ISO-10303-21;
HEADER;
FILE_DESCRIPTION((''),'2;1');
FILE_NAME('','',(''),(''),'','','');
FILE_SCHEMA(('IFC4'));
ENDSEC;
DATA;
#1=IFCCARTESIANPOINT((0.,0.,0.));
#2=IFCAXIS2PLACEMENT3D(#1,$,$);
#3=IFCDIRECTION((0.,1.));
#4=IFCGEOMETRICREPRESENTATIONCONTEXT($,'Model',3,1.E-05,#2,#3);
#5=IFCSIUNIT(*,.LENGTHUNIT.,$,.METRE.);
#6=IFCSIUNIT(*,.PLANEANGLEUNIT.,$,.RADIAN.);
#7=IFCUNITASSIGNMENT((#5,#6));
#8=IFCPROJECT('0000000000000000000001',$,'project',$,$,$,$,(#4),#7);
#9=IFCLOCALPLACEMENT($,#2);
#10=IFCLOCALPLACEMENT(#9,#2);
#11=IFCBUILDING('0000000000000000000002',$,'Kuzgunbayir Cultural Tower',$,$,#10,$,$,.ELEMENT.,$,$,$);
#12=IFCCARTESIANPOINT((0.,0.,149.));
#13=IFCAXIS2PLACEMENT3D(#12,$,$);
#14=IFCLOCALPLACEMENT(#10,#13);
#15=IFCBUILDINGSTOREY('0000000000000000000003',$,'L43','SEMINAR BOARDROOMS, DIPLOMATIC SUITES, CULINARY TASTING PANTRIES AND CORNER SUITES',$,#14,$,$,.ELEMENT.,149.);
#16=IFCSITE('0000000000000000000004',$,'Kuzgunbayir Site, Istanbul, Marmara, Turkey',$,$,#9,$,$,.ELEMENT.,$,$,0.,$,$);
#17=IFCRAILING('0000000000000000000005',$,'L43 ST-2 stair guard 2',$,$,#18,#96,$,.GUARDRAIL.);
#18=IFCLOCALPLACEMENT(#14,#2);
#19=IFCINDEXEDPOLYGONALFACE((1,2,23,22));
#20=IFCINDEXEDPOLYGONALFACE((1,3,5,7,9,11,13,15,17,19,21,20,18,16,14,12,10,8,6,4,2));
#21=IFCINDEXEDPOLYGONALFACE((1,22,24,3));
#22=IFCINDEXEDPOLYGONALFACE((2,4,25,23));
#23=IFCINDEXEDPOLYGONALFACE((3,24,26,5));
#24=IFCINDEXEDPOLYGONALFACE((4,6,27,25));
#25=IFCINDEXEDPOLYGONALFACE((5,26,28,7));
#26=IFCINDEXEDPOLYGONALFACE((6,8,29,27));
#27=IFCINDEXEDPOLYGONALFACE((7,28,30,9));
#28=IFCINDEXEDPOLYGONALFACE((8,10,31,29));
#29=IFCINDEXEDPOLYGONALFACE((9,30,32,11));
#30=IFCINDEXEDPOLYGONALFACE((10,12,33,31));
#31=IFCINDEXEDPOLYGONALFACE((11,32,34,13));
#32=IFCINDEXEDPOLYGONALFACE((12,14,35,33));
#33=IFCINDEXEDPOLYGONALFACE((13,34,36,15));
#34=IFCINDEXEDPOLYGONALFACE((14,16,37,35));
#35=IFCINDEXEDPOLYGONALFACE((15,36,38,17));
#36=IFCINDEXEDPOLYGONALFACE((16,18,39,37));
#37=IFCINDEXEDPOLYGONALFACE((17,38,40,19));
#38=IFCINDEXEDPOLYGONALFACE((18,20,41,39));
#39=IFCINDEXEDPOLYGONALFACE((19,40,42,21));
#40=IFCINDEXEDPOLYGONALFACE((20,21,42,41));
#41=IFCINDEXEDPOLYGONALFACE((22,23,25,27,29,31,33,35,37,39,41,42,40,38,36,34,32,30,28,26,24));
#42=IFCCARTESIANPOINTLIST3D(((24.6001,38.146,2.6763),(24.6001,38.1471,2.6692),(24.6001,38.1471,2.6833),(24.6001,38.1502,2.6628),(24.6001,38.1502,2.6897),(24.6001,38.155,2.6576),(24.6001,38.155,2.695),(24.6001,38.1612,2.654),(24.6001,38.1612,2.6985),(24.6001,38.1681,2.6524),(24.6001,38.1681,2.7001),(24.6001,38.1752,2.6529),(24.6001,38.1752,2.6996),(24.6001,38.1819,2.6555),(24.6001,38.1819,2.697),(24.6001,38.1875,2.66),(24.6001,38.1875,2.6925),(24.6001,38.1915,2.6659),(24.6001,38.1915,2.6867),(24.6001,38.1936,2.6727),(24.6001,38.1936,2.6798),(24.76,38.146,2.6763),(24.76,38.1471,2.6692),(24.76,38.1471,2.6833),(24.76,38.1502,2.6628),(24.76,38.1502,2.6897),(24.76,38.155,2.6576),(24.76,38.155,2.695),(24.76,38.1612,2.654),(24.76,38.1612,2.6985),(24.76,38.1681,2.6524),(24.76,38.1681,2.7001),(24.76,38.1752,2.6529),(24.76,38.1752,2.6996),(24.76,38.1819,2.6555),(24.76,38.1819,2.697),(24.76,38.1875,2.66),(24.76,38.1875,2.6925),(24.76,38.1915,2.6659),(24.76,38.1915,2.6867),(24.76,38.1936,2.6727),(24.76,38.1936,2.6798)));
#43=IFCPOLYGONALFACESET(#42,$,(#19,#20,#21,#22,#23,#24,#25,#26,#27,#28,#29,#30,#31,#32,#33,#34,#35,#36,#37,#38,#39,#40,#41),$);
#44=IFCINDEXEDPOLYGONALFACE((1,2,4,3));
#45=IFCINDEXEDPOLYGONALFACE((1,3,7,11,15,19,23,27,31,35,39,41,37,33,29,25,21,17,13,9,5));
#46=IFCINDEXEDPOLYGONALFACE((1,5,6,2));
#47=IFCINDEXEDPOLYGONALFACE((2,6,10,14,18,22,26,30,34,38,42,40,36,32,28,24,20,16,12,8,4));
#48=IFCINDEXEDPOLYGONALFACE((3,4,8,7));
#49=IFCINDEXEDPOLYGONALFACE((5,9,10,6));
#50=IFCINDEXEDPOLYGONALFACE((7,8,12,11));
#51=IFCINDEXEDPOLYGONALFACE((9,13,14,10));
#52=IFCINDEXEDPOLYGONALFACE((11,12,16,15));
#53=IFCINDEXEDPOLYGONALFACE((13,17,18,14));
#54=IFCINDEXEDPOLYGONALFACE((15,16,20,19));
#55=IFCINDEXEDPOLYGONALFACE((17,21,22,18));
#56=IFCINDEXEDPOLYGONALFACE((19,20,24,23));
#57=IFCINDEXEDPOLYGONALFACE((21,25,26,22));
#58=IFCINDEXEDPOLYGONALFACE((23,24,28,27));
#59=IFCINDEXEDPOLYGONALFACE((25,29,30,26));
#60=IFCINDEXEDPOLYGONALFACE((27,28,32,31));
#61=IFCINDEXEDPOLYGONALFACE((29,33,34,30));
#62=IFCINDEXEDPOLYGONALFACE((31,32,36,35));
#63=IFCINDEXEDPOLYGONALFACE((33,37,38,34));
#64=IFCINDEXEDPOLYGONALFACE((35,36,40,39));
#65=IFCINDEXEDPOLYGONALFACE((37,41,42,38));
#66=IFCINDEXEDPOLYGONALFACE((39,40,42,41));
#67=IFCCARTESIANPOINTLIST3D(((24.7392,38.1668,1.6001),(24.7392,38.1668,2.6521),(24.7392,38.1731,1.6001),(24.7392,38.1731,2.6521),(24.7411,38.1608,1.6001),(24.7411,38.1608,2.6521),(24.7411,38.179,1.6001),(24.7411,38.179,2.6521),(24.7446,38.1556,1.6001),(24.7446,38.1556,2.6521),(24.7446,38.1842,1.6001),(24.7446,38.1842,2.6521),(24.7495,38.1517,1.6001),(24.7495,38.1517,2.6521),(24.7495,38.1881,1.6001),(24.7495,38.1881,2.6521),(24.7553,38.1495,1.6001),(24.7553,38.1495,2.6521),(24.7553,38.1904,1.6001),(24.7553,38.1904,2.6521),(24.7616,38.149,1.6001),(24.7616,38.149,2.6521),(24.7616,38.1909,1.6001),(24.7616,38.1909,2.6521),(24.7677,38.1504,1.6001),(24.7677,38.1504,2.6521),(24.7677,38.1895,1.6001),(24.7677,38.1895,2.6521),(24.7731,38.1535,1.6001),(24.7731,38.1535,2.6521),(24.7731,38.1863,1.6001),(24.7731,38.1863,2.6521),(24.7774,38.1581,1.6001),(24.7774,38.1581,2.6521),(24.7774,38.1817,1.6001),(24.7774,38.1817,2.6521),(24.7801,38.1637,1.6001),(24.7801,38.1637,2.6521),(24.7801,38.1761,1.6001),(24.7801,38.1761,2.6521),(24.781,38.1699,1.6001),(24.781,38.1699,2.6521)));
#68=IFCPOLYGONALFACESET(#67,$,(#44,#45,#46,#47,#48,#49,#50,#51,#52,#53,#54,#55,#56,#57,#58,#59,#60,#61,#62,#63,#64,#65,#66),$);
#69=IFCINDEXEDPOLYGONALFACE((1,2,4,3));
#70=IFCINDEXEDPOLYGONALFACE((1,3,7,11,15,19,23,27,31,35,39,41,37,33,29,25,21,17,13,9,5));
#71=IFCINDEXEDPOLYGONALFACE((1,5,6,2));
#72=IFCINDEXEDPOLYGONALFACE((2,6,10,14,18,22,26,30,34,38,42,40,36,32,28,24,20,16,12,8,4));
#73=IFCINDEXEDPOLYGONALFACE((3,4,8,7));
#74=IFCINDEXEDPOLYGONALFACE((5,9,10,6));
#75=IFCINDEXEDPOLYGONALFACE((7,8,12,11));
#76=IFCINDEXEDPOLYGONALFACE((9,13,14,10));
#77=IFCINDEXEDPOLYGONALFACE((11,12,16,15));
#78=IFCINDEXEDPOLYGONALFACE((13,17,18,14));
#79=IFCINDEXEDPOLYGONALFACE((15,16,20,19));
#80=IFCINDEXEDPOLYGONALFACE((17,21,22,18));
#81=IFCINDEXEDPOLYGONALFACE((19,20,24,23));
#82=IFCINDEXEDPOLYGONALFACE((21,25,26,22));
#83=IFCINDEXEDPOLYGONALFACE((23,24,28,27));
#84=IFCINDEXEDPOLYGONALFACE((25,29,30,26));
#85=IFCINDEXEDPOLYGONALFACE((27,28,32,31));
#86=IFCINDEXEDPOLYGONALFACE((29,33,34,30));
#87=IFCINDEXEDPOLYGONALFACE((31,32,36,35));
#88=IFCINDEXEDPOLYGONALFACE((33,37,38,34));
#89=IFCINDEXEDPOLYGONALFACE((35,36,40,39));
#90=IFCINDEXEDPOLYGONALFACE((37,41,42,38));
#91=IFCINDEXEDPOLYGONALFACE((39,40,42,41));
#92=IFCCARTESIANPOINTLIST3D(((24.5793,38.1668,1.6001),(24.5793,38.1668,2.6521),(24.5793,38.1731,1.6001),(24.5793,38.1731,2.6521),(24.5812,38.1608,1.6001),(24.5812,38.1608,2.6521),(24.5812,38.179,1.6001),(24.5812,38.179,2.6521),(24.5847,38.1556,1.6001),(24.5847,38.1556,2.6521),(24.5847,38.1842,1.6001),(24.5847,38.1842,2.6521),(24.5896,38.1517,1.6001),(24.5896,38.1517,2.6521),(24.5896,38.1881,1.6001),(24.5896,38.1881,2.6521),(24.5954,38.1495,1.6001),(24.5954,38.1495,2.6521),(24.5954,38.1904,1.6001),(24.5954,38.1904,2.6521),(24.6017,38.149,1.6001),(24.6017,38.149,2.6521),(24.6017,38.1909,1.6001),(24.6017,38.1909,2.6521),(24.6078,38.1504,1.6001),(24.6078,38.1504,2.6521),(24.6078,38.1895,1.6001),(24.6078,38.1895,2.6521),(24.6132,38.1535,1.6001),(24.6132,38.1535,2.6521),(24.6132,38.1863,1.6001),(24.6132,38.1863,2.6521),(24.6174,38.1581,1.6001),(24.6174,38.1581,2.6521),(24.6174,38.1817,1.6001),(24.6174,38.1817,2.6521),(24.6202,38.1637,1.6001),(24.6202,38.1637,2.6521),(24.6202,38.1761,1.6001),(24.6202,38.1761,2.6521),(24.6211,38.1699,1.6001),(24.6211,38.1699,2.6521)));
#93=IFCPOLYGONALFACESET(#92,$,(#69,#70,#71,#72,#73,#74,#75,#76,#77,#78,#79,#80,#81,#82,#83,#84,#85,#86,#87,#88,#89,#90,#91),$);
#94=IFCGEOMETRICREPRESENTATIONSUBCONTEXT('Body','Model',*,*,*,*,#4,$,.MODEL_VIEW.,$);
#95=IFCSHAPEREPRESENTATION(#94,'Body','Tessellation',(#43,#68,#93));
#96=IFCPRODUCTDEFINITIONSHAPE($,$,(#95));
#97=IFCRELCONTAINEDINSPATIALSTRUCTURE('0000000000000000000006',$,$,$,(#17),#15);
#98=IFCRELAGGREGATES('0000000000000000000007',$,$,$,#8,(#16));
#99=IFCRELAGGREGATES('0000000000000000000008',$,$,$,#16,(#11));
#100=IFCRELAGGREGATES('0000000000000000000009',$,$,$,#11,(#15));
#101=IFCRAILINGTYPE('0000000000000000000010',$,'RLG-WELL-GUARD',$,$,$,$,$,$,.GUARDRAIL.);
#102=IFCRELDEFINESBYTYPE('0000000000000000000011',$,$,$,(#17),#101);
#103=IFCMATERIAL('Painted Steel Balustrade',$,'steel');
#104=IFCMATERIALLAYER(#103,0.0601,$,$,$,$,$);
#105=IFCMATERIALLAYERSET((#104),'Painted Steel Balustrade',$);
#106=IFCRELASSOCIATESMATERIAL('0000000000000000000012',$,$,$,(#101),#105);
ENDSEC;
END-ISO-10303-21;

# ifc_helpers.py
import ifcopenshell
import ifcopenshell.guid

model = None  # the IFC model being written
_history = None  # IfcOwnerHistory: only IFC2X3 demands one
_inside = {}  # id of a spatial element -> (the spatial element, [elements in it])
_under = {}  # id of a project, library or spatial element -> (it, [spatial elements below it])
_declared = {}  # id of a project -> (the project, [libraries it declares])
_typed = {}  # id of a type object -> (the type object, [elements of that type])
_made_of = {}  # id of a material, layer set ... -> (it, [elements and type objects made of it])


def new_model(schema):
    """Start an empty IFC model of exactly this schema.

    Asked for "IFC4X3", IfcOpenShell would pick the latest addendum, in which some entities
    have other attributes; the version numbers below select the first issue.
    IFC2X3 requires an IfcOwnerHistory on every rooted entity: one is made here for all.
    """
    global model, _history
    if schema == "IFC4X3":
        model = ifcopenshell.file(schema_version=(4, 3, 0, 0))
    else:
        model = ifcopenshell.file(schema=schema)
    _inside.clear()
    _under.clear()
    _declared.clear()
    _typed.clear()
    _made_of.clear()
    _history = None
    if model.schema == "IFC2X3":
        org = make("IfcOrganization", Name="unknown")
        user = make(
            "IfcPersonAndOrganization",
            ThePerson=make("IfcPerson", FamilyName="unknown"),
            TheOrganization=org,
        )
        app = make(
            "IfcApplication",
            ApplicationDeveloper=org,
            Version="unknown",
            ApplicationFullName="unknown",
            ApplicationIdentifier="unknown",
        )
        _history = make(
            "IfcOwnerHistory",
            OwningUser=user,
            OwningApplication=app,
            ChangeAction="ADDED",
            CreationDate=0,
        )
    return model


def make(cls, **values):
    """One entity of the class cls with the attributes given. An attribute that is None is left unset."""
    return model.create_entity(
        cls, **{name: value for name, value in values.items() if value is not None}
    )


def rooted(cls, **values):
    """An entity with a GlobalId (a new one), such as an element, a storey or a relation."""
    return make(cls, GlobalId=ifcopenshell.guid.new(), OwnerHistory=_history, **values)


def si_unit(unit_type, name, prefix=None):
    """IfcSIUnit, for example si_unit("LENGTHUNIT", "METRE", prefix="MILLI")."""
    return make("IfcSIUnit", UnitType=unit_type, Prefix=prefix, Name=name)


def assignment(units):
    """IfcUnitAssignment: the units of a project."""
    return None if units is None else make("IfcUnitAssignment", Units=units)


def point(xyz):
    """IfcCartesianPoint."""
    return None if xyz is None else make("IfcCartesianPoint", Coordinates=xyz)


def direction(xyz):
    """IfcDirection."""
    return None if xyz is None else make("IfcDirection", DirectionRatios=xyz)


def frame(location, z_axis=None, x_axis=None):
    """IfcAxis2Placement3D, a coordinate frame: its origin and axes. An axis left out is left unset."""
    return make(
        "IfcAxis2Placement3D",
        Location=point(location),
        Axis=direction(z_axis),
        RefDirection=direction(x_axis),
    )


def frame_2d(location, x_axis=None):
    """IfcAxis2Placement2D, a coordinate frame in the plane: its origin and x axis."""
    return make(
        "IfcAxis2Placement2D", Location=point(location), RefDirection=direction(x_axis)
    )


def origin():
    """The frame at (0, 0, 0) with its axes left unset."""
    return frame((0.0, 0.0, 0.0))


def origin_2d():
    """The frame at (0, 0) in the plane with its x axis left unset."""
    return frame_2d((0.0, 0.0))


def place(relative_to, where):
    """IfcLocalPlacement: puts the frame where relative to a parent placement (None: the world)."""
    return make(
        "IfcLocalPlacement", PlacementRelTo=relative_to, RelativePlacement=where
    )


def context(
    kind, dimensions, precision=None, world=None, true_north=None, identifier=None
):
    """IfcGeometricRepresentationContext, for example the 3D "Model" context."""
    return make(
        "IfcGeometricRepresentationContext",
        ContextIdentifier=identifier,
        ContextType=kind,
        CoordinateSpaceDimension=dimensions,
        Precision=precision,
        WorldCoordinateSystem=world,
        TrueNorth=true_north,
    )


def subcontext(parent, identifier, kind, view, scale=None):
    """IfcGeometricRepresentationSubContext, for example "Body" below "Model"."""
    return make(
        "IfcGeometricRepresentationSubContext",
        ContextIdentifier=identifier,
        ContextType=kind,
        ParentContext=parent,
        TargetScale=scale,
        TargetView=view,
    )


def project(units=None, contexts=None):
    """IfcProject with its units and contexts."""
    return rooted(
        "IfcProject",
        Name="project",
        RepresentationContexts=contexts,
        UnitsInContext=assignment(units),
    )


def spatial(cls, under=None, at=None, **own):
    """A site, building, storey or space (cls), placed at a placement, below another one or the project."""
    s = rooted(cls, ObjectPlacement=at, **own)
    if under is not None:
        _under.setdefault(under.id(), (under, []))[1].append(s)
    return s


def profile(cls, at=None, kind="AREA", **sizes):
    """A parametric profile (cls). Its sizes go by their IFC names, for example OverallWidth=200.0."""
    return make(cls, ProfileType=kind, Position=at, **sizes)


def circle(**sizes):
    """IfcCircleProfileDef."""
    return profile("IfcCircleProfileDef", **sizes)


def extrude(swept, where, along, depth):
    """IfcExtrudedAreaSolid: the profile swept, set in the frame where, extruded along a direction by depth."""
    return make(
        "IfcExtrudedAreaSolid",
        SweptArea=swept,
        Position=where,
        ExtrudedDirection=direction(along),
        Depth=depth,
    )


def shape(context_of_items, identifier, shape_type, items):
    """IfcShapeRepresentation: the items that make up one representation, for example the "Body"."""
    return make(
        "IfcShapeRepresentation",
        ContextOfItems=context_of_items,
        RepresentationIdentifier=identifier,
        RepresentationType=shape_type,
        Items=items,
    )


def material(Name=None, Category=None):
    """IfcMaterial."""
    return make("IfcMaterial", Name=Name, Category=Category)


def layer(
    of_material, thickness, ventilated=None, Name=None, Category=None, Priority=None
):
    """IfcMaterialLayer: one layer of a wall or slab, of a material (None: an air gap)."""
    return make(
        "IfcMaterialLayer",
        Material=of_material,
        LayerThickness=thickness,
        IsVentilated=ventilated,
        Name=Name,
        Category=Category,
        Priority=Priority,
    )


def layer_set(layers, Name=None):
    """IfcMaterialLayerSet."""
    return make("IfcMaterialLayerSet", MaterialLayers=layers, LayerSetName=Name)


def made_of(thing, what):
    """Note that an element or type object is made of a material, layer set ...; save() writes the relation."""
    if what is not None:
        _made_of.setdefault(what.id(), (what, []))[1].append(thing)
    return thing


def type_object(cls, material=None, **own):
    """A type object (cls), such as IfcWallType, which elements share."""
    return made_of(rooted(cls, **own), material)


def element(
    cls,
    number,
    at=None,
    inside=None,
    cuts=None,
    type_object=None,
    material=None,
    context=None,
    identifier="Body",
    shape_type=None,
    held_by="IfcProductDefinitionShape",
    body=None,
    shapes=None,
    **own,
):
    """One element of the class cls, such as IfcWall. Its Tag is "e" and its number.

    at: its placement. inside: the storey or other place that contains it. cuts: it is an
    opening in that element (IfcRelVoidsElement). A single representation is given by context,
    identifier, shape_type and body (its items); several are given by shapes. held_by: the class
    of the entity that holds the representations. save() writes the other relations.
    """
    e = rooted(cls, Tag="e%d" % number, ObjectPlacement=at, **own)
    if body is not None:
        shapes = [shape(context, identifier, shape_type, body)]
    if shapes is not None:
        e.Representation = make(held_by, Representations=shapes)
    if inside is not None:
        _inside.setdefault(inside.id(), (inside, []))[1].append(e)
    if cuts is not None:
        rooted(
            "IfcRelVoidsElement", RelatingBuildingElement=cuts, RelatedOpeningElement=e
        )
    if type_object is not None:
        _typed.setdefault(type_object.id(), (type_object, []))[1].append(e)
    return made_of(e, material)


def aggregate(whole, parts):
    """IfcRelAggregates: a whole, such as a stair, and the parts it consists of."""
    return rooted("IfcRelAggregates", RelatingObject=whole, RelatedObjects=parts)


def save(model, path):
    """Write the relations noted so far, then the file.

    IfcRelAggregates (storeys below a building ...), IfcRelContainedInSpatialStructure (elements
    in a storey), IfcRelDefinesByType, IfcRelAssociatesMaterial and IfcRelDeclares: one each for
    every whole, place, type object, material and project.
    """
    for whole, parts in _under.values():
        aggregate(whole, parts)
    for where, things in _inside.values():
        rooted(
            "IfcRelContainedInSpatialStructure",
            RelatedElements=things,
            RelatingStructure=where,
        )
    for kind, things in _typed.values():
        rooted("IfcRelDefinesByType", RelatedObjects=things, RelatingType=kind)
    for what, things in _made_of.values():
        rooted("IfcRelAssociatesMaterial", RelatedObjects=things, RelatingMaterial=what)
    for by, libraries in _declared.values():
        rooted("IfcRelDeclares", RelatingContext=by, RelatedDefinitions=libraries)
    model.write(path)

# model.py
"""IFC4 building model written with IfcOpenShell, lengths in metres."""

from ifc_helpers import new_model, si_unit, direction, frame, origin, origin_2d, place, context, subcontext, project, spatial, circle, extrude, material, layer, layer_set, type_object, element, save


model = new_model("IFC4")

# Units and contexts
model_context = context("Model", 3, precision=1e-05, world=origin(), true_north=direction((0.0, 1.0)))
body_context = subcontext(model_context, "Body", "Model", "MODEL_VIEW")
ifc_project = project(units=[si_unit("LENGTHUNIT", "METRE"), si_unit("PLANEANGLEUNIT", "RADIAN")], contexts=[model_context])

# Site, building, storey
site_placement = place(None, origin())
site = spatial("IfcSite", under=ifc_project, at=site_placement, Name="Kuzgunbayir Site, Istanbul, Marmara, Turkey", CompositionType="ELEMENT", RefElevation=0.0)
building_placement = place(site_placement, origin())
building = spatial("IfcBuilding", under=site, at=building_placement, Name="Kuzgunbayir Cultural Tower", CompositionType="ELEMENT")
storey_placement = place(building_placement, frame((0.0, 0.0, 149.0)))
storey = spatial("IfcBuildingStorey", under=building, at=storey_placement, Name="L43", Description="SEMINAR BOARDROOMS, DIPLOMATIC SUITES, CULINARY TASTING PANTRIES AND CORNER SUITES", CompositionType="ELEMENT", Elevation=149.0)

# Railing
ifc_material_1 = material(Name="Painted Steel Balustrade", Category="steel")
ifc_layer_1 = layer(ifc_material_1, 0.0601)
ifc_layer_set_1 = layer_set([ifc_layer_1], Name="Painted Steel Balustrade")
railing_type_1 = type_object("IfcRailingType", Name="RLG-WELL-GUARD", PredefinedType="GUARDRAIL", material=ifc_layer_set_1)
railing_1_placement = place(storey_placement, frame((24.76, 38.1699, 1.6001)))
element("IfcRailing", 1, at=railing_1_placement, inside=storey, type_object=railing_type_1, Name="L43 ST-2 stair guard 2", PredefinedType="GUARDRAIL", context=body_context, shape_type="SweptSolid", body=[
    extrude(circle(Radius=0.0239, at=origin_2d()), frame((0.0, 0.0, 1.0762), z_axis=(-1.0, 0.0, 0.0), x_axis=(0.0, -1.0, 0.0)), (0.0, 0.0, 1.0), 0.1599),
    extrude(circle(Radius=0.021, at=origin_2d()), origin(), (0.0, 0.0, 1.0), 1.052),
    extrude(circle(Radius=0.021, at=origin_2d()), frame((-0.1599, 0.0, 0.0)), (0.0, 0.0, 1.0), 1.052),
])

save(model, "model.ifc")
